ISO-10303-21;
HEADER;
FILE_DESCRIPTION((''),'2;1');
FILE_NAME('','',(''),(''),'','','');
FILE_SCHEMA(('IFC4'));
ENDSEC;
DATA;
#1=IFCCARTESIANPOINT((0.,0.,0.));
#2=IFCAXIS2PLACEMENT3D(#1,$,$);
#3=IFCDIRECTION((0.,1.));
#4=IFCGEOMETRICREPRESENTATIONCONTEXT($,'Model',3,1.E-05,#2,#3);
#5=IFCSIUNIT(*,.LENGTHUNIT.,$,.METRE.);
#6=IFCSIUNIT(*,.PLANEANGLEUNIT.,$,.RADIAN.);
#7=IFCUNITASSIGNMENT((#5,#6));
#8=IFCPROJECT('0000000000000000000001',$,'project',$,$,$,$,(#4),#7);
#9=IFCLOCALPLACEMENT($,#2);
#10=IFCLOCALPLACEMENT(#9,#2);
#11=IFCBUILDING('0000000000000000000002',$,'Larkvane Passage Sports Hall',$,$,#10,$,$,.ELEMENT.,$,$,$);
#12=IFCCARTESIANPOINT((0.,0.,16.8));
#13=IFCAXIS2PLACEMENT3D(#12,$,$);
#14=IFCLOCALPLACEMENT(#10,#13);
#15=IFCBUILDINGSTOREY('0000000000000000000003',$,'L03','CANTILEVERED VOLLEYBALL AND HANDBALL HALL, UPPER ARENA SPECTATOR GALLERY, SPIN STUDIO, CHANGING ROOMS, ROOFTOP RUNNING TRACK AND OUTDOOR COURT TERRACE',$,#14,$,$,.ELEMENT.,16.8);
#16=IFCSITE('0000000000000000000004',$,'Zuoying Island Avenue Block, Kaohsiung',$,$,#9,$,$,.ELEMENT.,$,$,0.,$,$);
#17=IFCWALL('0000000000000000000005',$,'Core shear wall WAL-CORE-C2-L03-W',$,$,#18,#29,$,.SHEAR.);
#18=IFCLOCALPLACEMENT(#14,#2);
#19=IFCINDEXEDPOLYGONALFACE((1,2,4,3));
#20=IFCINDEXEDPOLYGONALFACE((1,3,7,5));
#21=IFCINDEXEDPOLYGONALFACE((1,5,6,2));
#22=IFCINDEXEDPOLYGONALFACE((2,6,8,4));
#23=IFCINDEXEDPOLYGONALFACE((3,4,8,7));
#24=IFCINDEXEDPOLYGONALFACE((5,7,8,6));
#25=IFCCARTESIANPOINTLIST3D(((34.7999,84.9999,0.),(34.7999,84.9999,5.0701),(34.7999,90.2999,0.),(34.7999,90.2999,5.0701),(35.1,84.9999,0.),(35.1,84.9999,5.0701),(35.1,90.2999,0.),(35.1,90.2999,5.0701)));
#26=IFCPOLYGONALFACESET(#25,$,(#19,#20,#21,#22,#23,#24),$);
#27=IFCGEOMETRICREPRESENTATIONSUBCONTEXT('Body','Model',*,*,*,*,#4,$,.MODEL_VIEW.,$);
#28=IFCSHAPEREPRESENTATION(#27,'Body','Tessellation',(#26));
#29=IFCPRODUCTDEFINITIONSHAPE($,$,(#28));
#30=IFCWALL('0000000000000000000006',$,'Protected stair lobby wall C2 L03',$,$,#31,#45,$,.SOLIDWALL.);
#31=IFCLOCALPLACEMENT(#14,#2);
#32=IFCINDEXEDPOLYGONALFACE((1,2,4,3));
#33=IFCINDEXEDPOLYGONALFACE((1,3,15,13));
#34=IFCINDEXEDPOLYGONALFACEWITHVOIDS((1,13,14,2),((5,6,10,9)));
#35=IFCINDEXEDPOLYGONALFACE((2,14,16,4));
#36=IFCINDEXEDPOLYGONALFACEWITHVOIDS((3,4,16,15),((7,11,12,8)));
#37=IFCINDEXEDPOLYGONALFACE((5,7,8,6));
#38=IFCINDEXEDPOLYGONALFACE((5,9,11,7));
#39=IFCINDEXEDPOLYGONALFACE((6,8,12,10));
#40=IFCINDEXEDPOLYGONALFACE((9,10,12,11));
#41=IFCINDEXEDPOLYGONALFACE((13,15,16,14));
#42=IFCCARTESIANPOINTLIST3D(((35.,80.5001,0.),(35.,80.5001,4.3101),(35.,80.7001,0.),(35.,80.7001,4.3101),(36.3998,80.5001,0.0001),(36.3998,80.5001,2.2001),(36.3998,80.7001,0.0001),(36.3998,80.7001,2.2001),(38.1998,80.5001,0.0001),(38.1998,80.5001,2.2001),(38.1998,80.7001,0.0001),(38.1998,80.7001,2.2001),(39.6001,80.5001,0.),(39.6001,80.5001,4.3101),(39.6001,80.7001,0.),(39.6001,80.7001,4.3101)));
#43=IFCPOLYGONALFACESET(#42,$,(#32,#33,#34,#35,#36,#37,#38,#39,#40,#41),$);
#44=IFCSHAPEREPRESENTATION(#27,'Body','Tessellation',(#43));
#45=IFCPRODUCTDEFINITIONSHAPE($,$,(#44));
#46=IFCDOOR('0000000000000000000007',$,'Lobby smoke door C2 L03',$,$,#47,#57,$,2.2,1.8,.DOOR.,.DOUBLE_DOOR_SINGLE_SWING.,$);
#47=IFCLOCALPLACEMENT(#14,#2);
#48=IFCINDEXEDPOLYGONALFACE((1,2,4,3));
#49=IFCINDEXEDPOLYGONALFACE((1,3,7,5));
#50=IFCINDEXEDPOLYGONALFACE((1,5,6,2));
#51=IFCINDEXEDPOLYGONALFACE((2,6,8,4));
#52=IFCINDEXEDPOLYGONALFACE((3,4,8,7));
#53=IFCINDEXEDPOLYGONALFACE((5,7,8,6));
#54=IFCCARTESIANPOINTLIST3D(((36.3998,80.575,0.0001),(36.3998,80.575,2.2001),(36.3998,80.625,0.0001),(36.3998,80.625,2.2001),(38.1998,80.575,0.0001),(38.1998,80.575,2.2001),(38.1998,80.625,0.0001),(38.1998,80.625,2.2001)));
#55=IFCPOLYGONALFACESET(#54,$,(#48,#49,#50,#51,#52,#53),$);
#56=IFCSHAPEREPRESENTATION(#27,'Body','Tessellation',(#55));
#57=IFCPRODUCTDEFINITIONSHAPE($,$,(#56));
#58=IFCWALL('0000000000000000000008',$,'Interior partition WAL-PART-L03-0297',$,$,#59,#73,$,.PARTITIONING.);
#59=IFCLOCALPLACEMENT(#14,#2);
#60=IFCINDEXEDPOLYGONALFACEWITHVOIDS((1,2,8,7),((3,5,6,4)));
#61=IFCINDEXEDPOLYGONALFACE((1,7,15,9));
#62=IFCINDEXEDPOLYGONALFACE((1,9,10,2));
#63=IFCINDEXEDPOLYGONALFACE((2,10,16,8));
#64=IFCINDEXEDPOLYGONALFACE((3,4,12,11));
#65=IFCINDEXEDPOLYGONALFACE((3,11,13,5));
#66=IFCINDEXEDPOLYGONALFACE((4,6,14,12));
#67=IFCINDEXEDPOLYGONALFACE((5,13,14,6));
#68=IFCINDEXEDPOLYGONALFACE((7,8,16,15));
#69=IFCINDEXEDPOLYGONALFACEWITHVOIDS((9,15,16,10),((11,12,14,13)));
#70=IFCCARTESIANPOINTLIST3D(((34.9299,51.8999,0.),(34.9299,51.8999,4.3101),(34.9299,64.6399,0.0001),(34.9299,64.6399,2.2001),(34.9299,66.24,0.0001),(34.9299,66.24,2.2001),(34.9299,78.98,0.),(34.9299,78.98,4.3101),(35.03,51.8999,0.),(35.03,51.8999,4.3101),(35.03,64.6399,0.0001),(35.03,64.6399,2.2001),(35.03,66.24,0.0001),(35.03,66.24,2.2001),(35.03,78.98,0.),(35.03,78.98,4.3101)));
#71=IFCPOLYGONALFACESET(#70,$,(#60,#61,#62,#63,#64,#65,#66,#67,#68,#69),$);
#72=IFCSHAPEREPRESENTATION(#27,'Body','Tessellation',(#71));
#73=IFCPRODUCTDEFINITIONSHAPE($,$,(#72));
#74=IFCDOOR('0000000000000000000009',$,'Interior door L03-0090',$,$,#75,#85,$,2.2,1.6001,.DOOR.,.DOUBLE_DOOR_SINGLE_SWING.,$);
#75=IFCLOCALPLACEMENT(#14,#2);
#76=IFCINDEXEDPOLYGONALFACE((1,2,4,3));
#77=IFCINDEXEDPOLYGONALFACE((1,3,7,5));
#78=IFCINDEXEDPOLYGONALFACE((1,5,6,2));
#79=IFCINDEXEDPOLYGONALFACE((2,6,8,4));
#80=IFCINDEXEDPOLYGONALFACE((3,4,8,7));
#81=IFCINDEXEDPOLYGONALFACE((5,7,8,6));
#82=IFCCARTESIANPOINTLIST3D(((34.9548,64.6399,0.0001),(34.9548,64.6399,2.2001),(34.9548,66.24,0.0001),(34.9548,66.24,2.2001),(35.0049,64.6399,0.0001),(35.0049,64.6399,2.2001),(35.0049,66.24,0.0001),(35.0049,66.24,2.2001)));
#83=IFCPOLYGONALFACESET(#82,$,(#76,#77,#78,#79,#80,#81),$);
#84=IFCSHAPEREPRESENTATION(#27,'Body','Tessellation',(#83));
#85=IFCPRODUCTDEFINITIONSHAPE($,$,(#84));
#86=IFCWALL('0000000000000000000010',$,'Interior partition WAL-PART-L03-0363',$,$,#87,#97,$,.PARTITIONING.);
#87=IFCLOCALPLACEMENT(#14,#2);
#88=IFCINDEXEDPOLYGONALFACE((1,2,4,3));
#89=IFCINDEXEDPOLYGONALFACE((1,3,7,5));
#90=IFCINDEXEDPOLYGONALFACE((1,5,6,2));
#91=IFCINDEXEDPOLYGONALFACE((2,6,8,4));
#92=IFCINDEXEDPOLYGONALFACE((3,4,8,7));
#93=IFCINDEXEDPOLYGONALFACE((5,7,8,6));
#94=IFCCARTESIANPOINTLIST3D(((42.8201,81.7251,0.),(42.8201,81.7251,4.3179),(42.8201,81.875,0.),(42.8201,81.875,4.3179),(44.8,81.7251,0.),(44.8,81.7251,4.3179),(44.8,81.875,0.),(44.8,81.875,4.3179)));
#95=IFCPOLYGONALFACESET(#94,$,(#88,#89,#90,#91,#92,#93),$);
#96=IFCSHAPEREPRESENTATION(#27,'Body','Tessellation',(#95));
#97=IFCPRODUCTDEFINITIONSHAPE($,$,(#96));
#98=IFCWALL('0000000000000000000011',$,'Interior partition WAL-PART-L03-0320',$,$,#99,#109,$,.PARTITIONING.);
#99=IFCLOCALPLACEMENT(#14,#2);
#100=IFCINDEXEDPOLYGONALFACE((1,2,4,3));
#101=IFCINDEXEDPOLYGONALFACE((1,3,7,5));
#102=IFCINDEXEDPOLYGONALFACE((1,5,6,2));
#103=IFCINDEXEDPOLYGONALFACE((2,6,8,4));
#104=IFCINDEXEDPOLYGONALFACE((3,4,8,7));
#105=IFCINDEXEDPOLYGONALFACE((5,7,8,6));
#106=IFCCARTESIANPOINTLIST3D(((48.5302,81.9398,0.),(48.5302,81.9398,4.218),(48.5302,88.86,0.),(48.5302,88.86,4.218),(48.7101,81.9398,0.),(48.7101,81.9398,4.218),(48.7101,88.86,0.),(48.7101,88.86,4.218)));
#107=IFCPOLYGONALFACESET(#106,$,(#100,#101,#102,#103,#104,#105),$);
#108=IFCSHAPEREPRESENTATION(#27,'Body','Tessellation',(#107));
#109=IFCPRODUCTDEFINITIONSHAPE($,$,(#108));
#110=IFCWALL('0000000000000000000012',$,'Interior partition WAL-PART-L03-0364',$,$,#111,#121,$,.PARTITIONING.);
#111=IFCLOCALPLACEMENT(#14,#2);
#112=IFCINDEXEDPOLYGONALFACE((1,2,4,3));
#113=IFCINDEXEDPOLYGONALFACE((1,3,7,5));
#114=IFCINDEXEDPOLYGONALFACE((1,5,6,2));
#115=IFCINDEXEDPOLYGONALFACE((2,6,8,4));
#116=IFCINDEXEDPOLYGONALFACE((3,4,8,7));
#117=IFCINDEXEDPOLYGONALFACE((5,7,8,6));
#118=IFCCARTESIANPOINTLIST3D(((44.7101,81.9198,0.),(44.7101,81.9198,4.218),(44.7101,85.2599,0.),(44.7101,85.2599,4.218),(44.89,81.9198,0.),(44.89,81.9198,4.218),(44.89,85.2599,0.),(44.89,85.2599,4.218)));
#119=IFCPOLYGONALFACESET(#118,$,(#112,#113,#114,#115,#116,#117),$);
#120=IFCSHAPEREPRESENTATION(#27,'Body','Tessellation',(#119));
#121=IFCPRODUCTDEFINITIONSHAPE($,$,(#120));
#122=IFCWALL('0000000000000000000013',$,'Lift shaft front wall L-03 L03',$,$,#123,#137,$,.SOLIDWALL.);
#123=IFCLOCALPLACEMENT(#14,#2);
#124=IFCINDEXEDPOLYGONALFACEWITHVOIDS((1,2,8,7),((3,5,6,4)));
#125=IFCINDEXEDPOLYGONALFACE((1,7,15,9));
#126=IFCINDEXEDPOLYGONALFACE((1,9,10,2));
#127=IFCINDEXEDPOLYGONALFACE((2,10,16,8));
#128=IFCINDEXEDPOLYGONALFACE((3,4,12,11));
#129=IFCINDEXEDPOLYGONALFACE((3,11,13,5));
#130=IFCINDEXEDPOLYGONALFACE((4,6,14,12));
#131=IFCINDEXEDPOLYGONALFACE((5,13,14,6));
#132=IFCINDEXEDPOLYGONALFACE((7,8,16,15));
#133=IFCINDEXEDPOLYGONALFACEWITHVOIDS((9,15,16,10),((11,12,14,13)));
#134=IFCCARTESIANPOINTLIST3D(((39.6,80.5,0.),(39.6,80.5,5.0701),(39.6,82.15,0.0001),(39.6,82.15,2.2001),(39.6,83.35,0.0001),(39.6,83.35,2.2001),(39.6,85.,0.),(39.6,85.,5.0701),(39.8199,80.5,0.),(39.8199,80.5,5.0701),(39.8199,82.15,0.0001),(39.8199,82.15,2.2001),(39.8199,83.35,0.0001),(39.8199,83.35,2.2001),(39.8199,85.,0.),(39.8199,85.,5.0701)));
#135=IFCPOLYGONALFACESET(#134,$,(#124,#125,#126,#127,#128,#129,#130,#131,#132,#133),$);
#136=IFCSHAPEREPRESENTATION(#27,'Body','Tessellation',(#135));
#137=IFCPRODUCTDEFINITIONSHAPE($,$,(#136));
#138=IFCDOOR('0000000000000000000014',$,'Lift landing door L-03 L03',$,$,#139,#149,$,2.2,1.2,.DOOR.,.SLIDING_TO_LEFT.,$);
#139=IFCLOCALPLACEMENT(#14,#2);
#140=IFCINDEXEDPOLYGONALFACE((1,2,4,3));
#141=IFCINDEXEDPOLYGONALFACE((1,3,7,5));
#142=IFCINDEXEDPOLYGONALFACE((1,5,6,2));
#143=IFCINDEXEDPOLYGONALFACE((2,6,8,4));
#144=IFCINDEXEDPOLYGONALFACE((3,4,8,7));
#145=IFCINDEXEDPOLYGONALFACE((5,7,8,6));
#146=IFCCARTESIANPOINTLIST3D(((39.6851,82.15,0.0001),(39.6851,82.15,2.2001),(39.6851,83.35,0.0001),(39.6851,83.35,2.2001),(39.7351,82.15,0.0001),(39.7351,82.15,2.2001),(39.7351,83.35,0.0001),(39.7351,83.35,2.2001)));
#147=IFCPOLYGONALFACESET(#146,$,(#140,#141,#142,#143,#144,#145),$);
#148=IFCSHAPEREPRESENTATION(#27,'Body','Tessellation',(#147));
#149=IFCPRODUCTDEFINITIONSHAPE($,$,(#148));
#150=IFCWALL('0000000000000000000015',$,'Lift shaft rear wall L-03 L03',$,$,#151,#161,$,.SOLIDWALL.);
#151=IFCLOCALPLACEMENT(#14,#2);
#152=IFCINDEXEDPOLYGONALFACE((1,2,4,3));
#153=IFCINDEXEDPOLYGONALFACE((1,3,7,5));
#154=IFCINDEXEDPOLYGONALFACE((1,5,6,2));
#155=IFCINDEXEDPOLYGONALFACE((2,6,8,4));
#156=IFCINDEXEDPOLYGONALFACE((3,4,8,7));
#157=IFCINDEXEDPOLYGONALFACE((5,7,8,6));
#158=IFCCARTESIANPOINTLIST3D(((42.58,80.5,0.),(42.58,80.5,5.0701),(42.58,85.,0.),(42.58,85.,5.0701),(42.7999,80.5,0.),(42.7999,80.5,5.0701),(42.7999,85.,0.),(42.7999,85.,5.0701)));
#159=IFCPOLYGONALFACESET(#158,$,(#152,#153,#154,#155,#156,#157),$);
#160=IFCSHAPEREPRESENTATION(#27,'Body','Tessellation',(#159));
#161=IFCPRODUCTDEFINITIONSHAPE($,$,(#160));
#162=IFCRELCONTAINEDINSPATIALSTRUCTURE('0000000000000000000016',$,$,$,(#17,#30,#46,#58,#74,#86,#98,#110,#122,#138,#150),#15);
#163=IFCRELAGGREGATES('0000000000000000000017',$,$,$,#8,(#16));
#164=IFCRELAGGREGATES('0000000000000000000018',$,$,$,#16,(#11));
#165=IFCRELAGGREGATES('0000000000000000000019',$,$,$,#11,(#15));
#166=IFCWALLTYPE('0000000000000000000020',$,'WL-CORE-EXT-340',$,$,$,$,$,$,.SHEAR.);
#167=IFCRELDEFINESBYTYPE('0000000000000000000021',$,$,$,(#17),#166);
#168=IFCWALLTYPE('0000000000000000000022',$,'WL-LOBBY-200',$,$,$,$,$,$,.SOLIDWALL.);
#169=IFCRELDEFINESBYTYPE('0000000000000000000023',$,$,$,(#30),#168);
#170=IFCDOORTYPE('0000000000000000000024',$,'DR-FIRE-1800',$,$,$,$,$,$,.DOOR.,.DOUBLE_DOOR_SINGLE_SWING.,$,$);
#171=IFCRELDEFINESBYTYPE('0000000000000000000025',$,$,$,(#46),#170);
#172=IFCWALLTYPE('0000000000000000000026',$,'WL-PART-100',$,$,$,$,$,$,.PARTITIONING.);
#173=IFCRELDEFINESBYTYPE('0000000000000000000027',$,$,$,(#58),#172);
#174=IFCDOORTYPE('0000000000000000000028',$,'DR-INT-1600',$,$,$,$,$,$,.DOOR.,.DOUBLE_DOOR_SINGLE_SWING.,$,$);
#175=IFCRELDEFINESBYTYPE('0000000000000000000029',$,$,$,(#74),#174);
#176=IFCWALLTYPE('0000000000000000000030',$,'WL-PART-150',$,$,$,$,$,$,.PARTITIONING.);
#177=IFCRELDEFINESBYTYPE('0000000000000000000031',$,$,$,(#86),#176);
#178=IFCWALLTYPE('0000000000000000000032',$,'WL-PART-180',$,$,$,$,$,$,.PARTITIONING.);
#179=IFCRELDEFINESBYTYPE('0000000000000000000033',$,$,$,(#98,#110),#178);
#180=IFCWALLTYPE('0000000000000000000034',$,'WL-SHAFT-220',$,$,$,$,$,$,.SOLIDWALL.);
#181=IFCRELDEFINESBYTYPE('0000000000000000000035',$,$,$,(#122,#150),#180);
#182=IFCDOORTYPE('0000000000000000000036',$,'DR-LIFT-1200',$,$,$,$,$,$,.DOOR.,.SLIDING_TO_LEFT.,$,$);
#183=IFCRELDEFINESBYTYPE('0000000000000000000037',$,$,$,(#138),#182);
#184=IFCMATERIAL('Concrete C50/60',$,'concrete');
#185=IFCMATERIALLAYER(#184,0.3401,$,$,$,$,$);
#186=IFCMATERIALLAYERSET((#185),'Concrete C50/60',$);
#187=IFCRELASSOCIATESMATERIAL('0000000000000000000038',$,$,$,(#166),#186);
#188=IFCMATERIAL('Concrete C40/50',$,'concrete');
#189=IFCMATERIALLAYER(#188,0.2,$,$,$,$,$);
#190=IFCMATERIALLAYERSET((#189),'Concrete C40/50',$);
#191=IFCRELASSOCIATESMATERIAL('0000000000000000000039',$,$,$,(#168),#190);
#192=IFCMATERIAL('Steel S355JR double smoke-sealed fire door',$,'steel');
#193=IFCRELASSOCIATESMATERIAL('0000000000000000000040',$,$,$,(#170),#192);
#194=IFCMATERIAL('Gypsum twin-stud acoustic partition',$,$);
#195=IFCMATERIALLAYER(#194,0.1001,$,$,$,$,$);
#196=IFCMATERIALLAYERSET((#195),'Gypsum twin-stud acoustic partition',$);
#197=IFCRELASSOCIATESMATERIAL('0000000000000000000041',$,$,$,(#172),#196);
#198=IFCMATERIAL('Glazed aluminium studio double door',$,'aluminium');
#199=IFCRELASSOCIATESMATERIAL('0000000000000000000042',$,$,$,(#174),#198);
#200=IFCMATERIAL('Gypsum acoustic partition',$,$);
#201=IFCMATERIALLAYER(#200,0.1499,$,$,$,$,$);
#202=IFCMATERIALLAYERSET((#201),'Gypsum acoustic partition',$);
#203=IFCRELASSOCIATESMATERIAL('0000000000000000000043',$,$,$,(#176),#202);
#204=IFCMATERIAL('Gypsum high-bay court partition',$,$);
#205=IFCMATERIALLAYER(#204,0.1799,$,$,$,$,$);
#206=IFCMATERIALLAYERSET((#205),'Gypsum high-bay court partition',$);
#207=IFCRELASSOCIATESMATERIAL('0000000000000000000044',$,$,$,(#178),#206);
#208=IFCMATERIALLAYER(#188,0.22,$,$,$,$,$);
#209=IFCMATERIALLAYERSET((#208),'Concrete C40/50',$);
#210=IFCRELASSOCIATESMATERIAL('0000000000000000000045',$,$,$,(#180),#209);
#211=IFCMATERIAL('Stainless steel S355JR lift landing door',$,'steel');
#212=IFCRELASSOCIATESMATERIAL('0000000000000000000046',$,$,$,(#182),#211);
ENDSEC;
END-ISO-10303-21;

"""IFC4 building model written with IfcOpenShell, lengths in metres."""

from ifc_helpers import new_model, si_unit, direction, frame, frame_2d, origin, place, context, subcontext, project, spatial, rectangle, extrude, material, layer, layer_set, type_object, element, fill, save


model = new_model("IFC4")

# Units and contexts
model_context = context("Model", 3, precision=1e-05, world=origin(), true_north=direction((0.0, 1.0)))
body_context = subcontext(model_context, "Body", "Model", "MODEL_VIEW")
ifc_project = project(units=[si_unit("LENGTHUNIT", "METRE"), si_unit("PLANEANGLEUNIT", "RADIAN")], contexts=[model_context])

# Site, building, storey
site_placement = place(None, origin())
site = spatial("IfcSite", under=ifc_project, at=site_placement, Name="Zuoying Island Avenue Block, Kaohsiung", CompositionType="ELEMENT", RefElevation=0.0)
building_placement = place(site_placement, origin())
building = spatial("IfcBuilding", under=site, at=building_placement, Name="Larkvane Passage Sports Hall", CompositionType="ELEMENT")
storey_placement = place(building_placement, frame((0.0, 0.0, 16.8)))
storey = spatial("IfcBuildingStorey", under=building, at=storey_placement, Name="L03", Description="CANTILEVERED VOLLEYBALL AND HANDBALL HALL, UPPER ARENA SPECTATOR GALLERY, SPIN STUDIO, CHANGING ROOMS, ROOFTOP RUNNING TRACK AND OUTDOOR COURT TERRACE", CompositionType="ELEMENT", Elevation=16.8)

# Shared definitions
ifc_material_1 = material(Name="Concrete C40/50", Category="concrete")

# Shared definitions
ifc_material_2 = material(Name="Concrete C50/60", Category="concrete")

# Wall
ifc_layer_1 = layer(ifc_material_2, 0.3401)
ifc_layer_set_1 = layer_set([ifc_layer_1], Name="Concrete C50/60")
wall_type_1 = type_object("IfcWallType", Name="WL-CORE-EXT-340", PredefinedType="SHEAR", material=ifc_layer_set_1)
wall_1_placement = place(storey_placement, frame((34.95, 85.0, 0.0), z_axis=(0.0, 0.0, 1.0), x_axis=(0.0, 1.0, 0.0)))
element("IfcWall", 1, at=wall_1_placement, inside=storey, type_object=wall_type_1, Name="Core shear wall WAL-CORE-C2-L03-W", PredefinedType="SHEAR", context=body_context, shape_type="SweptSolid", body=[
    extrude(rectangle(XDim=5.3, YDim=0.3, at=frame_2d((2.6499, 0.0))), origin(), (0.0, 0.0, 1.0), 5.0701),
])

# Walls, openings, doors
ifc_layer_2 = layer(ifc_material_1, 0.2)
ifc_layer_set_2 = layer_set([ifc_layer_2], Name="Concrete C40/50")
wall_type_2 = type_object("IfcWallType", Name="WL-LOBBY-200", PredefinedType="SOLIDWALL", material=ifc_layer_set_2)
wall_2_placement = place(storey_placement, frame((35.0, 80.6001, 0.0), z_axis=(0.0, 0.0, 1.0), x_axis=(1.0, 0.0, 0.0)))
wall_2 = element("IfcWall", 2, at=wall_2_placement, inside=storey, type_object=wall_type_2, Name="Protected stair lobby wall C2 L03", PredefinedType="SOLIDWALL", context=body_context, shape_type="SweptSolid", body=[
    extrude(rectangle(XDim=4.6001, YDim=0.2, at=frame_2d((2.3, 0.0))), origin(), (0.0, 0.0, 1.0), 4.3101),
])
opening_1_placement = place(wall_2_placement, frame((1.3999, 0.0, 0.0)))
opening_1 = element("IfcOpeningElement", 3, at=opening_1_placement, cuts=wall_2, PredefinedType="OPENING", context=body_context, shape_type="SweptSolid", body=[
    extrude(rectangle(XDim=1.8, YDim=2.2, at=frame_2d((0.8999, 1.1001))), frame((0.0, 0.1099, 0.0), z_axis=(0.0, -1.0, 0.0), x_axis=(1.0, 0.0, 0.0)), (0.0, 0.0, 1.0), 0.22),
])
ifc_material_3 = material(Name="Steel S355JR double smoke-sealed fire door", Category="steel")
door_type_1 = type_object("IfcDoorType", Name="DR-FIRE-1800", OperationType="DOUBLE_DOOR_SINGLE_SWING", PredefinedType="DOOR", material=ifc_material_3)
door_1_placement = place(opening_1_placement, origin())
door_1 = element("IfcDoor", 4, at=door_1_placement, inside=storey, type_object=door_type_1, Name="Lobby smoke door C2 L03", OperationType="DOUBLE_DOOR_SINGLE_SWING", OverallHeight=2.2, OverallWidth=1.8, PredefinedType="DOOR", context=body_context, shape_type="SweptSolid", body=[
    extrude(rectangle(XDim=1.8, YDim=2.2, at=frame_2d((0.8999, 1.1001))), frame((0.0, 0.0249, 0.0), z_axis=(0.0, -1.0, 0.0), x_axis=(1.0, 0.0, 0.0)), (0.0, 0.0, 1.0), 0.05),
])
fill(opening_1, door_1)
ifc_material_4 = material(Name="Gypsum twin-stud acoustic partition")
ifc_layer_3 = layer(ifc_material_4, 0.1001)
ifc_layer_set_3 = layer_set([ifc_layer_3], Name="Gypsum twin-stud acoustic partition")
wall_type_3 = type_object("IfcWallType", Name="WL-PART-100", PredefinedType="PARTITIONING", material=ifc_layer_set_3)
wall_3_placement = place(storey_placement, frame((34.98, 78.98, 0.0), z_axis=(0.0, 0.0, 1.0), x_axis=(0.0, -1.0, 0.0)))
wall_3 = element("IfcWall", 5, at=wall_3_placement, inside=storey, type_object=wall_type_3, Name="Interior partition WAL-PART-L03-0297", PredefinedType="PARTITIONING", context=body_context, shape_type="SweptSolid", body=[
    extrude(rectangle(XDim=27.0801, YDim=0.1001, at=frame_2d((13.54, 0.0))), origin(), (0.0, 0.0, 1.0), 4.3101),
])
opening_2_placement = place(wall_3_placement, frame((12.74, 0.0, 0.0)))
opening_2 = element("IfcOpeningElement", 6, at=opening_2_placement, cuts=wall_3, PredefinedType="OPENING", context=body_context, shape_type="SweptSolid", body=[
    extrude(rectangle(XDim=1.6001, YDim=2.2, at=frame_2d((0.8, 1.1001))), frame((0.0, 0.0601, 0.0), z_axis=(0.0, -1.0, 0.0), x_axis=(1.0, 0.0, 0.0)), (0.0, 0.0, 1.0), 0.1201),
])
ifc_material_5 = material(Name="Glazed aluminium studio double door", Category="aluminium")
door_type_2 = type_object("IfcDoorType", Name="DR-INT-1600", OperationType="DOUBLE_DOOR_SINGLE_SWING", PredefinedType="DOOR", material=ifc_material_5)
door_2_placement = place(opening_2_placement, origin())
door_2 = element("IfcDoor", 7, at=door_2_placement, inside=storey, type_object=door_type_2, Name="Interior door L03-0090", OperationType="DOUBLE_DOOR_SINGLE_SWING", OverallHeight=2.2, OverallWidth=1.6001, PredefinedType="DOOR", context=body_context, shape_type="SweptSolid", body=[
    extrude(rectangle(XDim=1.6001, YDim=2.2, at=frame_2d((0.8, 1.1001))), frame((0.0, 0.0249, 0.0), z_axis=(0.0, -1.0, 0.0), x_axis=(1.0, 0.0, 0.0)), (0.0, 0.0, 1.0), 0.05),
])
fill(opening_2, door_2)

# Walls
ifc_material_6 = material(Name="Gypsum acoustic partition")
ifc_layer_4 = layer(ifc_material_6, 0.1499)
ifc_layer_set_4 = layer_set([ifc_layer_4], Name="Gypsum acoustic partition")
wall_type_4 = type_object("IfcWallType", Name="WL-PART-150", PredefinedType="PARTITIONING", material=ifc_layer_set_4)
wall_4_placement = place(storey_placement, frame((42.8201, 81.8, 0.0), z_axis=(0.0, 0.0, 1.0), x_axis=(1.0, 0.0, 0.0)))
element("IfcWall", 8, at=wall_4_placement, inside=storey, type_object=wall_type_4, Name="Interior partition WAL-PART-L03-0363", PredefinedType="PARTITIONING", context=body_context, shape_type="SweptSolid", body=[
    extrude(rectangle(XDim=1.98, YDim=0.1499, at=frame_2d((0.99, 0.0))), origin(), (0.0, 0.0, 1.0), 4.3179),
])
ifc_material_7 = material(Name="Gypsum high-bay court partition")
ifc_layer_5 = layer(ifc_material_7, 0.1799)
ifc_layer_set_5 = layer_set([ifc_layer_5], Name="Gypsum high-bay court partition")
wall_type_5 = type_object("IfcWallType", Name="WL-PART-180", PredefinedType="PARTITIONING", material=ifc_layer_set_5)
wall_5_placement = place(storey_placement, frame((48.6201, 81.9399, 0.0), z_axis=(0.0, 0.0, 1.0), x_axis=(0.0, 1.0, 0.0)))
element("IfcWall", 9, at=wall_5_placement, inside=storey, type_object=wall_type_5, Name="Interior partition WAL-PART-L03-0320", PredefinedType="PARTITIONING", context=body_context, shape_type="SweptSolid", body=[
    extrude(rectangle(XDim=6.9202, YDim=0.1799, at=frame_2d((3.46, 0.0))), origin(), (0.0, 0.0, 1.0), 4.218),
])
wall_6_placement = place(storey_placement, frame((44.8, 81.9199, 0.0), z_axis=(0.0, 0.0, 1.0), x_axis=(0.0, 1.0, 0.0)))
element("IfcWall", 10, at=wall_6_placement, inside=storey, type_object=wall_type_5, Name="Interior partition WAL-PART-L03-0364", PredefinedType="PARTITIONING", context=body_context, shape_type="SweptSolid", body=[
    extrude(rectangle(XDim=3.3401, YDim=0.1799, at=frame_2d((1.6699, 0.0))), origin(), (0.0, 0.0, 1.0), 4.218),
])

# Wall, opening, door
ifc_layer_6 = layer(ifc_material_1, 0.22)
ifc_layer_set_6 = layer_set([ifc_layer_6], Name="Concrete C40/50")
wall_type_6 = type_object("IfcWallType", Name="WL-SHAFT-220", PredefinedType="SOLIDWALL", material=ifc_layer_set_6)
wall_7_placement = place(storey_placement, frame((39.71, 80.5, 0.0), z_axis=(0.0, 0.0, 1.0), x_axis=(0.0, 1.0, 0.0)))
wall_7 = element("IfcWall", 11, at=wall_7_placement, inside=storey, type_object=wall_type_6, Name="Lift shaft front wall L-03 L03", PredefinedType="SOLIDWALL", context=body_context, shape_type="SweptSolid", body=[
    extrude(rectangle(XDim=4.5, YDim=0.22, at=frame_2d((2.25, 0.0))), origin(), (0.0, 0.0, 1.0), 5.0701),
])
opening_3_placement = place(wall_7_placement, frame((1.6499, 0.0, 0.0)))
opening_3 = element("IfcOpeningElement", 12, at=opening_3_placement, cuts=wall_7, PredefinedType="OPENING", context=body_context, shape_type="SweptSolid", body=[
    extrude(rectangle(XDim=1.2, YDim=2.2, at=frame_2d((0.6001, 1.1001))), frame((0.0, 0.1199, 0.0), z_axis=(0.0, -1.0, 0.0), x_axis=(1.0, 0.0, 0.0)), (0.0, 0.0, 1.0), 0.24),
])
ifc_material_8 = material(Name="Stainless steel S355JR lift landing door", Category="steel")
door_type_3 = type_object("IfcDoorType", Name="DR-LIFT-1200", OperationType="SLIDING_TO_LEFT", PredefinedType="DOOR", material=ifc_material_8)
door_3_placement = place(opening_3_placement, origin())
door_3 = element("IfcDoor", 13, at=door_3_placement, inside=storey, type_object=door_type_3, Name="Lift landing door L-03 L03", OperationType="SLIDING_TO_LEFT", OverallHeight=2.2, OverallWidth=1.2, PredefinedType="DOOR", context=body_context, shape_type="SweptSolid", body=[
    extrude(rectangle(XDim=1.2, YDim=2.2, at=frame_2d((0.6001, 1.1001))), frame((0.0, 0.0249, 0.0), z_axis=(0.0, -1.0, 0.0), x_axis=(1.0, 0.0, 0.0)), (0.0, 0.0, 1.0), 0.05),
])
fill(opening_3, door_3)

# Wall
wall_8_placement = place(storey_placement, frame((42.6899, 80.5, 0.0), z_axis=(0.0, 0.0, 1.0), x_axis=(0.0, 1.0, 0.0)))
element("IfcWall", 14, at=wall_8_placement, inside=storey, type_object=wall_type_6, Name="Lift shaft rear wall L-03 L03", PredefinedType="SOLIDWALL", context=body_context, shape_type="SweptSolid", body=[
    extrude(rectangle(XDim=4.5, YDim=0.22, at=frame_2d((2.25, 0.0))), origin(), (0.0, 0.0, 1.0), 5.0701),
])

save(model, "model.ifc")
